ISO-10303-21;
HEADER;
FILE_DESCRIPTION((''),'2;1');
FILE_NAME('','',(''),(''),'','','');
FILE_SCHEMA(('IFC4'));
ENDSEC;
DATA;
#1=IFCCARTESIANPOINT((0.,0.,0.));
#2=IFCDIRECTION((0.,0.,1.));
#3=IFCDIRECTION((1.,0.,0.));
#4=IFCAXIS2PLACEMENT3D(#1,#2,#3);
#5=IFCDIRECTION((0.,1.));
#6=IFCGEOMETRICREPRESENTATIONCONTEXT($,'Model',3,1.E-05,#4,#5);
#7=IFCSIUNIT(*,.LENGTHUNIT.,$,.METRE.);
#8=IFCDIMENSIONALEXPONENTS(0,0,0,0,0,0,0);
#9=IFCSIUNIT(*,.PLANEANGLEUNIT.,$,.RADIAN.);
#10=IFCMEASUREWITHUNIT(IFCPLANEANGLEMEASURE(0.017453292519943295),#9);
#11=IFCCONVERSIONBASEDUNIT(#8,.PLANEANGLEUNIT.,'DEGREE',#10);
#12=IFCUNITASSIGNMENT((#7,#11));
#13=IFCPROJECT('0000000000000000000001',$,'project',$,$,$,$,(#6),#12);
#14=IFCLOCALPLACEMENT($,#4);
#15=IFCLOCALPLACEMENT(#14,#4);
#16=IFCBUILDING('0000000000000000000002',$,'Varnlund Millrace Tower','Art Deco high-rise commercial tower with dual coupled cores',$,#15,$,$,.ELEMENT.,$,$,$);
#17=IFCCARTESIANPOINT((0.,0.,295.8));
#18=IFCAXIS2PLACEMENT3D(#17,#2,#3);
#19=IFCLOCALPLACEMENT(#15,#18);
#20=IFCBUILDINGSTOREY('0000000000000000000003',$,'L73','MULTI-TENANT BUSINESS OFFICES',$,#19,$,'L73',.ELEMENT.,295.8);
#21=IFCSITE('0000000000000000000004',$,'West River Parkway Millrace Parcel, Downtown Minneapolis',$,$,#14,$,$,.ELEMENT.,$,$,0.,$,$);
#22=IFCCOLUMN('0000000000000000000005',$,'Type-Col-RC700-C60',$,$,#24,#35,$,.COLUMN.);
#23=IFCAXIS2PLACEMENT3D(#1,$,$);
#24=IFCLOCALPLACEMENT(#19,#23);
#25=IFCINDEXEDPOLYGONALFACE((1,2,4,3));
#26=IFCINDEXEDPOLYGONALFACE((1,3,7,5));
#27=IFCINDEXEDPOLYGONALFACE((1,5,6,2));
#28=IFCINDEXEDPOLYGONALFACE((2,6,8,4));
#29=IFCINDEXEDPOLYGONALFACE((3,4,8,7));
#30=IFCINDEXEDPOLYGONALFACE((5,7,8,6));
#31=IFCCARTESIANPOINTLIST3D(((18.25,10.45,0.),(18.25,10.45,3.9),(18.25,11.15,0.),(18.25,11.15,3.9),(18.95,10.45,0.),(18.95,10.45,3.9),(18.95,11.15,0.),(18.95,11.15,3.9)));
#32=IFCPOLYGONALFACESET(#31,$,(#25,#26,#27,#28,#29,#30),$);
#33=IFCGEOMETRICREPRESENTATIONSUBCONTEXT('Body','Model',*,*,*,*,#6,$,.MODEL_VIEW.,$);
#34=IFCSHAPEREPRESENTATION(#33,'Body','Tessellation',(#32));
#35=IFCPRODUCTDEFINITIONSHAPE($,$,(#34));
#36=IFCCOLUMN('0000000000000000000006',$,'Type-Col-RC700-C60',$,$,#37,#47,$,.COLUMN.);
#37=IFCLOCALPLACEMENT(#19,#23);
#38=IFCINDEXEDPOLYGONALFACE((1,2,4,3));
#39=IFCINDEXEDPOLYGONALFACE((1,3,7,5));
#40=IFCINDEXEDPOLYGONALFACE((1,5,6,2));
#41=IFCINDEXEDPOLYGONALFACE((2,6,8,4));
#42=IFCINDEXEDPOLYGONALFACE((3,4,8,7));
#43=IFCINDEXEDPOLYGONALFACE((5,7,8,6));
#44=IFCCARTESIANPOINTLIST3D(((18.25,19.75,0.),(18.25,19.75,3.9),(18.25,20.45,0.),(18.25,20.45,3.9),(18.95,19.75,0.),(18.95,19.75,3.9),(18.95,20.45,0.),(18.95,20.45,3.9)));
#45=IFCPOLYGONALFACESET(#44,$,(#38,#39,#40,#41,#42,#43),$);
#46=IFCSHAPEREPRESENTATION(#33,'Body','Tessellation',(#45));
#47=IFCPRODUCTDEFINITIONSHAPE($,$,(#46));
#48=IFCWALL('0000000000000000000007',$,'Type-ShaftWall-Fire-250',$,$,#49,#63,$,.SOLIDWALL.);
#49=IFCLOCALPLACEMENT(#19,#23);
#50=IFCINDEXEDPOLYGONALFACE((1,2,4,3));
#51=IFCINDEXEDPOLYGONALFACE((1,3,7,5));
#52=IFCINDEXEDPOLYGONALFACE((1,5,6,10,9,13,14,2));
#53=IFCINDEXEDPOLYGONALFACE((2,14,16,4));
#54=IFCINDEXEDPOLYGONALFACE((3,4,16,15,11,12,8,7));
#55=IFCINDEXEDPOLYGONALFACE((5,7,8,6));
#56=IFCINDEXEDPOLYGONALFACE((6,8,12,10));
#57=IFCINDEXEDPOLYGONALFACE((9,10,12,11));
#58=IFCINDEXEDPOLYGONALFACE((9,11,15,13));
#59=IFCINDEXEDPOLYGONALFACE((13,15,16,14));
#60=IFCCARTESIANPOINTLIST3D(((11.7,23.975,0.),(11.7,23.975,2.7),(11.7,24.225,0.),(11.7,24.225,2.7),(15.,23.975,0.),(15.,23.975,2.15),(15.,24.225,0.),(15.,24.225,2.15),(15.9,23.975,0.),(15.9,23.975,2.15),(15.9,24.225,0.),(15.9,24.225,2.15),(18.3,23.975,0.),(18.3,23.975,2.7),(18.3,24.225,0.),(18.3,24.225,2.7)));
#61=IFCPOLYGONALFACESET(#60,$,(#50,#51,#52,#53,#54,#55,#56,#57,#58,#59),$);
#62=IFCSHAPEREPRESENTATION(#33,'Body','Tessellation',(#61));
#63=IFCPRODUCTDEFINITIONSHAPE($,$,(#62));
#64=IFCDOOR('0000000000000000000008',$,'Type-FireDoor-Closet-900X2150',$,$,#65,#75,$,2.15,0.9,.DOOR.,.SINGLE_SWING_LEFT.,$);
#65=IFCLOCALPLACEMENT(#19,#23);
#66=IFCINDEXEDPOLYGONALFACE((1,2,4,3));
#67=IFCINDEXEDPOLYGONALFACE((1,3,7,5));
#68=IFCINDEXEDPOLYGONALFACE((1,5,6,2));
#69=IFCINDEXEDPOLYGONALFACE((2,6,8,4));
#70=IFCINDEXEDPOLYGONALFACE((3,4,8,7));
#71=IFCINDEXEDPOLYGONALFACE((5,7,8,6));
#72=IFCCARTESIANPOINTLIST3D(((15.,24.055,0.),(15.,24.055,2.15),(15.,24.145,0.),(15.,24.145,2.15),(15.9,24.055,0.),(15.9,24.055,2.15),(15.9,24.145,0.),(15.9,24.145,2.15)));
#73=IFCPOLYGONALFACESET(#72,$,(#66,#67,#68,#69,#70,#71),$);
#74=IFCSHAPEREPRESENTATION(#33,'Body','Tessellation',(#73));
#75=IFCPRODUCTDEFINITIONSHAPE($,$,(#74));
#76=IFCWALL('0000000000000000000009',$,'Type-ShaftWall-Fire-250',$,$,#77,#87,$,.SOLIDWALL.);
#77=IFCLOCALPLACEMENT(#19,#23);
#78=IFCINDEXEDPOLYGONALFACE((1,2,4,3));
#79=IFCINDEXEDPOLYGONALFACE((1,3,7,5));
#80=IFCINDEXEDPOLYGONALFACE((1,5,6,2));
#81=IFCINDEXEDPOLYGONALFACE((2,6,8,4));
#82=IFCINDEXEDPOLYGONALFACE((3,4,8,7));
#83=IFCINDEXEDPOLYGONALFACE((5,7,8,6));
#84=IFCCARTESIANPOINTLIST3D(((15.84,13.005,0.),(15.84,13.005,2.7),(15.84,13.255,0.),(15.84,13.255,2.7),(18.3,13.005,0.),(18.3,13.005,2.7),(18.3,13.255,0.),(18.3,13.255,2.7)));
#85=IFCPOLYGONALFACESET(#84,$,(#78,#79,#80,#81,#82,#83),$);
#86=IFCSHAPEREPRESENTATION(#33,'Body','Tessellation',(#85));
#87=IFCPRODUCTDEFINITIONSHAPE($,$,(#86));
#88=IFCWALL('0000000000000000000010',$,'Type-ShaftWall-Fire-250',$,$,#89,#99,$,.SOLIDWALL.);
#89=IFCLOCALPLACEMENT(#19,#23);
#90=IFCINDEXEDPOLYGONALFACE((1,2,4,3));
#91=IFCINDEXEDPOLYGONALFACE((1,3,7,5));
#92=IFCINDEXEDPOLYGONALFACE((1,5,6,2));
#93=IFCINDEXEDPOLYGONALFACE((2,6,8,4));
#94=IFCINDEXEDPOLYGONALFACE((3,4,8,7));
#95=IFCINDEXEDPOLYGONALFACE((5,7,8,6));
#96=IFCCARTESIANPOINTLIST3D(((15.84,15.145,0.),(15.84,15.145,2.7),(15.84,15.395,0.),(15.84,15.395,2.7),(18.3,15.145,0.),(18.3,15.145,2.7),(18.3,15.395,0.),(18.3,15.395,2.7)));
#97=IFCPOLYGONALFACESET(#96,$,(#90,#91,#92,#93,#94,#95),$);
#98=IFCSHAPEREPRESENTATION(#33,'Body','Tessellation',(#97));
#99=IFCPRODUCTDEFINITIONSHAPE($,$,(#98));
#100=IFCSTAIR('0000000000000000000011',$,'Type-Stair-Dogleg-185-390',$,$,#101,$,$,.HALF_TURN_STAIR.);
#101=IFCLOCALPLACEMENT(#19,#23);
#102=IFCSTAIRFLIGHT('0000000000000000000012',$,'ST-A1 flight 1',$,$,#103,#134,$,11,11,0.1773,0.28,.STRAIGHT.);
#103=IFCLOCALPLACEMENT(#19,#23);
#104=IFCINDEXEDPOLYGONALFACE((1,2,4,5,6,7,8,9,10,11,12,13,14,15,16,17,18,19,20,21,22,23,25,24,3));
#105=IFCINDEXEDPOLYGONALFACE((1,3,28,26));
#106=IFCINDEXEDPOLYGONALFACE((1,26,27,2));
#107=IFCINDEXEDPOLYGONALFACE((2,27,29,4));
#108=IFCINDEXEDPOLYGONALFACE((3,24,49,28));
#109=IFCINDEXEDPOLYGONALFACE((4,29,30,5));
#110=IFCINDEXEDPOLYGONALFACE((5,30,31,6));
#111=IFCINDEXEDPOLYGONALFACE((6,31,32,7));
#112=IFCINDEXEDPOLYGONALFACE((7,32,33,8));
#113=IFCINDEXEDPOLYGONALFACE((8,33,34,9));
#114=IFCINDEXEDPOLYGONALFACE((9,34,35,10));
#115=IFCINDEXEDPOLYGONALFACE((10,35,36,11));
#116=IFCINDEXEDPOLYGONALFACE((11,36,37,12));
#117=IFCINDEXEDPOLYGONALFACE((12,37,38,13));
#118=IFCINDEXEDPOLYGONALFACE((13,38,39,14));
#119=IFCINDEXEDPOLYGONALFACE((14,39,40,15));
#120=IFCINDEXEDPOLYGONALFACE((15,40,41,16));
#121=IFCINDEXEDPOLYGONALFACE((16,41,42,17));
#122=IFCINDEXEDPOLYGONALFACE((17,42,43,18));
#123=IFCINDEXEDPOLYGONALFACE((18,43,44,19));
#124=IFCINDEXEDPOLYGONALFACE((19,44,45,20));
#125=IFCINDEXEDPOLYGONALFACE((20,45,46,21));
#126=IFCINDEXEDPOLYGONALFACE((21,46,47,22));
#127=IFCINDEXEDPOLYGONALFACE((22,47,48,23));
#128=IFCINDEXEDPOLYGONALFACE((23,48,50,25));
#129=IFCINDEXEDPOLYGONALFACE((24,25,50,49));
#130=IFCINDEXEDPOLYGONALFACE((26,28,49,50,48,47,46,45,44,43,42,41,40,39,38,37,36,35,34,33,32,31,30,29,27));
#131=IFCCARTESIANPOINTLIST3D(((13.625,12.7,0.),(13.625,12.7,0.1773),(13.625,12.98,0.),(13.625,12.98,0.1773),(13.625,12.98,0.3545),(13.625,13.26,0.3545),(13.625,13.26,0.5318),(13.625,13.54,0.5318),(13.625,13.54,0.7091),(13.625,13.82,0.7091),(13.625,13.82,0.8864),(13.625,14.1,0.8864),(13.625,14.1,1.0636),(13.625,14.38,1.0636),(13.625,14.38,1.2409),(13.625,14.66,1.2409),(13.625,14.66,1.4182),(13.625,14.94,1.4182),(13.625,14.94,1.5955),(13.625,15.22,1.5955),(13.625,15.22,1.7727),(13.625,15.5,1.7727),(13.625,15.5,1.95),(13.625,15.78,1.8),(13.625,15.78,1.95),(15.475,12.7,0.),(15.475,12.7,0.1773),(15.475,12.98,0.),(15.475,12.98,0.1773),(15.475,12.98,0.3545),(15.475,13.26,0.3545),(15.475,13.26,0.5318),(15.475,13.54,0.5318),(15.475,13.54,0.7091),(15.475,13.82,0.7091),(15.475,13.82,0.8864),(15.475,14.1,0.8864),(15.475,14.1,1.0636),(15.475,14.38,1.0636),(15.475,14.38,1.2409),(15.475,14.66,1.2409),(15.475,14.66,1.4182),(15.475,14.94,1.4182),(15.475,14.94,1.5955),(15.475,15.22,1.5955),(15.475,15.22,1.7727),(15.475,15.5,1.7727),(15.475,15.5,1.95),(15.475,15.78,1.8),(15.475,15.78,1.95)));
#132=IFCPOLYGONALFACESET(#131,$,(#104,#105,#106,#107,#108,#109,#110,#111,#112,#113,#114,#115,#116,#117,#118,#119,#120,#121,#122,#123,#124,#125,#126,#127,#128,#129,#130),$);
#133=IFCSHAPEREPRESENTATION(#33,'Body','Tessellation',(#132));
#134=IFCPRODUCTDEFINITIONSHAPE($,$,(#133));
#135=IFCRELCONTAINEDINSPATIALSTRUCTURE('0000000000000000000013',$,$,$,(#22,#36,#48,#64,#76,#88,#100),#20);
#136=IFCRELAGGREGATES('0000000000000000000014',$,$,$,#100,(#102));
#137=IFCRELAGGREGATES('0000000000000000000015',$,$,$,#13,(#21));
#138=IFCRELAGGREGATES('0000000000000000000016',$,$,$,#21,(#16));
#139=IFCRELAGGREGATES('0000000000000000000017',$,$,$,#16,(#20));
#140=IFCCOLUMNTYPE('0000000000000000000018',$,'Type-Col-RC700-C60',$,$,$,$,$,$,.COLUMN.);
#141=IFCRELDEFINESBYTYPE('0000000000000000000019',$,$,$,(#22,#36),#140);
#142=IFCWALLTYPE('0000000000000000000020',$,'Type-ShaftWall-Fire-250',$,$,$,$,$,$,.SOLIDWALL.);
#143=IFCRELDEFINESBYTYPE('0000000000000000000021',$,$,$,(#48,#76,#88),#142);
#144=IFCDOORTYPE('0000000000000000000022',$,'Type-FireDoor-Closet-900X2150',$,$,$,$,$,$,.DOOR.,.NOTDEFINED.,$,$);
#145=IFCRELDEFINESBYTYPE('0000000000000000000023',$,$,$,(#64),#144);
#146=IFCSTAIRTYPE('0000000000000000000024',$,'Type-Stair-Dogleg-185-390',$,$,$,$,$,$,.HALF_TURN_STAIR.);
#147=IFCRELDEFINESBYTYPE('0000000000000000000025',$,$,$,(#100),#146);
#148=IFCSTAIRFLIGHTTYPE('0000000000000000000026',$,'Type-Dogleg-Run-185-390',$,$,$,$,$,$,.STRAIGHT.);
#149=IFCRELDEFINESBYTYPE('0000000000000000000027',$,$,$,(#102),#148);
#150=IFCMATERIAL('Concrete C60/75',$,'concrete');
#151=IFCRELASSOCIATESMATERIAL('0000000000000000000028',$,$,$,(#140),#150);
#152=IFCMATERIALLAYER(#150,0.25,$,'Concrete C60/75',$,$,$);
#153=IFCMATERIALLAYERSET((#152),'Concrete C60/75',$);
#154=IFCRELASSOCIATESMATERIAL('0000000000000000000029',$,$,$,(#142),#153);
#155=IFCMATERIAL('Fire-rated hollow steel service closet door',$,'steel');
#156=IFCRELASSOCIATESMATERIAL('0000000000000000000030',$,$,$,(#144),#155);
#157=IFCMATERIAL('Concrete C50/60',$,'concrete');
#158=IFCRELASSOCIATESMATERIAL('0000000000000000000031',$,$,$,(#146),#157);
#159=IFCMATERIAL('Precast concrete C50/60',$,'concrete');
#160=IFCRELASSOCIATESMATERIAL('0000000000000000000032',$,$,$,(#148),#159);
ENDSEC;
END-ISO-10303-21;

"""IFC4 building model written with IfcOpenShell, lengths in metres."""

from ifc_helpers import new_model, entity, si_unit, converted_unit, direction, frame, origin_with_axes, origin_2d_with_axis, place, context, subcontext, project, spatial, polyline, rectangle, outline, extrude, material, layer, layer_set, material_profile, profile_set, type_object, element, fill, aggregate, save


model = new_model("IFC4")

# Units and contexts
model_context = context("Model", 3, precision=1e-05, world=origin_with_axes(), true_north=direction((0.0, 1.0)))
body_context = subcontext(model_context, "Body", "Model", "MODEL_VIEW")
ifc_project = project(units=[si_unit("LENGTHUNIT", "METRE"), converted_unit("PLANEANGLEUNIT", "DEGREE", entity("IfcPlaneAngleMeasure", 0.017453292519943295), si_unit("PLANEANGLEUNIT", "RADIAN"), dimensions=[0, 0, 0, 0, 0, 0, 0])], contexts=[model_context])

# Site, building, storey
site_placement = place(None, origin_with_axes())
site = spatial("IfcSite", under=ifc_project, at=site_placement, Name="West River Parkway Millrace Parcel, Downtown Minneapolis", CompositionType="ELEMENT", RefElevation=0.0)
building_placement = place(site_placement, origin_with_axes())
building = spatial("IfcBuilding", under=site, at=building_placement, Name="Varnlund Millrace Tower", Description="Art Deco high-rise commercial tower with dual coupled cores", CompositionType="ELEMENT")
storey_placement = place(building_placement, frame((0.0, 0.0, 295.8), z_axis=(0.0, 0.0, 1.0), x_axis=(1.0, 0.0, 0.0)))
storey = spatial("IfcBuildingStorey", under=building, at=storey_placement, Name="L73", Description="MULTI-TENANT BUSINESS OFFICES", LongName="L73", CompositionType="ELEMENT", Elevation=295.8)

# Columns
ifc_material_1 = material(Name="Concrete C60/75", Category="concrete")
ifc_material_profile_1 = material_profile(ifc_material_1, rectangle(XDim=0.7, YDim=0.7, at=origin_2d_with_axis()), Name="Concrete C60/75")
ifc_profile_set_1 = profile_set([ifc_material_profile_1], Name="Concrete C60/75")
column_type_1 = type_object("IfcColumnType", Name="Type-Col-RC700-C60", PredefinedType="COLUMN", material=ifc_profile_set_1)
for number, where, z_axis, x_axis, name in (
    (1, (18.6, 10.8, 0.0), (0.0, 0.0, 1.0), (1.0, 0.0, 0.0), "Type-Col-RC700-C60"),
    (2, (18.6, 20.1, 0.0), (0.0, 0.0, 1.0), (1.0, 0.0, 0.0), "Type-Col-RC700-C60"),
):
    element("IfcColumn", number, at=place(storey_placement, frame(where, z_axis=z_axis, x_axis=x_axis)), inside=storey, type_object=column_type_1, Name=name, PredefinedType="COLUMN", context=body_context, shape_type="SweptSolid", body=[
        extrude(rectangle(XDim=0.7, YDim=0.7, at=origin_2d_with_axis()), origin_with_axes(), (0.0, 0.0, 1.0), 3.9),
    ])

# Wall, opening, door
ifc_layer_1 = layer(ifc_material_1, 0.25, Name="Concrete C60/75")
ifc_layer_set_1 = layer_set([ifc_layer_1], Name="Concrete C60/75")
wall_type_1 = type_object("IfcWallType", Name="Type-ShaftWall-Fire-250", PredefinedType="SOLIDWALL", material=ifc_layer_set_1)
wall_1_placement = place(storey_placement, frame((11.7, 24.1, 0.0), z_axis=(0.0, 0.0, 1.0), x_axis=(1.0, 0.0, 0.0)))
wall_1 = element("IfcWall", 3, at=wall_1_placement, inside=storey, type_object=wall_type_1, Name="Type-ShaftWall-Fire-250", PredefinedType="SOLIDWALL", context=body_context, shape_type="SweptSolid", body=[
    extrude(outline(polyline([(0.0, -0.125), (6.6, -0.125), (6.6, 0.125), (0.0, 0.125), (0.0, -0.125)])), origin_with_axes(), (0.0, 0.0, 1.0), 2.7),
])
opening_1_placement = place(wall_1_placement, frame((3.75, 0.0, 0.0), z_axis=(0.0, 0.0, 1.0), x_axis=(1.0, 0.0, 0.0)))
opening_1 = element("IfcOpeningElement", 4, at=opening_1_placement, cuts=wall_1, PredefinedType="OPENING", context=body_context, shape_type="SweptSolid", body=[
    extrude(rectangle(XDim=0.9, YDim=0.27, at=origin_2d_with_axis()), origin_with_axes(), (0.0, 0.0, 1.0), 2.15),
])
ifc_material_2 = material(Name="Fire-rated hollow steel service closet door", Category="steel")
door_type_1 = type_object("IfcDoorType", Name="Type-FireDoor-Closet-900X2150", OperationType="NOTDEFINED", PredefinedType="DOOR", material=ifc_material_2)
door_1_placement = place(wall_1_placement, frame((3.75, 0.0, 0.0), z_axis=(0.0, 0.0, 1.0), x_axis=(1.0, 0.0, 0.0)))
door_1 = element("IfcDoor", 5, at=door_1_placement, inside=storey, type_object=door_type_1, Name="Type-FireDoor-Closet-900X2150", OperationType="SINGLE_SWING_LEFT", OverallHeight=2.15, OverallWidth=0.9, PredefinedType="DOOR", context=body_context, shape_type="SweptSolid", body=[
    extrude(rectangle(XDim=0.9, YDim=0.09, at=origin_2d_with_axis()), origin_with_axes(), (0.0, 0.0, 1.0), 2.15),
])
fill(opening_1, door_1)

# Walls
for number, where, z_axis, x_axis, name in (
    (6, (15.84, 13.13, 0.0), (0.0, 0.0, 1.0), (1.0, 0.0, 0.0), "Type-ShaftWall-Fire-250"),
    (7, (15.84, 15.27, 0.0), (0.0, 0.0, 1.0), (1.0, 0.0, 0.0), "Type-ShaftWall-Fire-250"),
):
    element("IfcWall", number, at=place(storey_placement, frame(where, z_axis=z_axis, x_axis=x_axis)), inside=storey, type_object=wall_type_1, Name=name, PredefinedType="SOLIDWALL", context=body_context, shape_type="SweptSolid", body=[
        extrude(outline(polyline([(0.0, -0.125), (2.46, -0.125), (2.46, 0.125), (0.0, 0.125), (0.0, -0.125)])), origin_with_axes(), (0.0, 0.0, 1.0), 2.7),
    ])

# Stair, stair flight
ifc_material_3 = material(Name="Concrete C50/60", Category="concrete")
stair_type = type_object("IfcStairType", Name="Type-Stair-Dogleg-185-390", PredefinedType="HALF_TURN_STAIR", material=ifc_material_3)
stair_placement = place(storey_placement, origin_with_axes())
stair = element("IfcStair", 8, at=stair_placement, inside=storey, type_object=stair_type, Name="Type-Stair-Dogleg-185-390", PredefinedType="HALF_TURN_STAIR")
ifc_material_4 = material(Name="Precast concrete C50/60", Category="concrete")
stair_flight_type = type_object("IfcStairFlightType", Name="Type-Dogleg-Run-185-390", PredefinedType="STRAIGHT", material=ifc_material_4)
stair_flight_placement = place(storey_placement, frame((13.625, 12.7, 0.0), z_axis=(1.0, 0.0, 0.0), x_axis=(0.0, 1.0, 0.0)))
stair_flight = element("IfcStairFlight", 9, at=stair_flight_placement, type_object=stair_flight_type, Name="ST-A1 flight 1", NumberOfRisers=11, NumberOfTreads=11, PredefinedType="STRAIGHT", RiserHeight=0.1773, TreadLength=0.28, context=body_context, shape_type="SweptSolid", body=[
    extrude(outline(polyline([(0.0, 0.0), (0.0, 0.1773), (0.28, 0.1773), (0.28, 0.3545), (0.56, 0.3545), (0.56, 0.5318), (0.84, 0.5318), (0.84, 0.7091), (1.12, 0.7091), (1.12, 0.8864), (1.4, 0.8864), (1.4, 1.0636), (1.68, 1.0636), (1.68, 1.2409), (1.96, 1.2409), (1.96, 1.4182), (2.24, 1.4182), (2.24, 1.5955), (2.52, 1.5955), (2.52, 1.7727), (2.8, 1.7727), (2.8, 1.95), (3.08, 1.95), (3.08, 1.8), (0.28, 0.0), (0.0, 0.0)])), origin_with_axes(), (0.0, 0.0, 1.0), 1.85),
])
aggregate(stair, [stair_flight])

save(model, "model.ifc")
